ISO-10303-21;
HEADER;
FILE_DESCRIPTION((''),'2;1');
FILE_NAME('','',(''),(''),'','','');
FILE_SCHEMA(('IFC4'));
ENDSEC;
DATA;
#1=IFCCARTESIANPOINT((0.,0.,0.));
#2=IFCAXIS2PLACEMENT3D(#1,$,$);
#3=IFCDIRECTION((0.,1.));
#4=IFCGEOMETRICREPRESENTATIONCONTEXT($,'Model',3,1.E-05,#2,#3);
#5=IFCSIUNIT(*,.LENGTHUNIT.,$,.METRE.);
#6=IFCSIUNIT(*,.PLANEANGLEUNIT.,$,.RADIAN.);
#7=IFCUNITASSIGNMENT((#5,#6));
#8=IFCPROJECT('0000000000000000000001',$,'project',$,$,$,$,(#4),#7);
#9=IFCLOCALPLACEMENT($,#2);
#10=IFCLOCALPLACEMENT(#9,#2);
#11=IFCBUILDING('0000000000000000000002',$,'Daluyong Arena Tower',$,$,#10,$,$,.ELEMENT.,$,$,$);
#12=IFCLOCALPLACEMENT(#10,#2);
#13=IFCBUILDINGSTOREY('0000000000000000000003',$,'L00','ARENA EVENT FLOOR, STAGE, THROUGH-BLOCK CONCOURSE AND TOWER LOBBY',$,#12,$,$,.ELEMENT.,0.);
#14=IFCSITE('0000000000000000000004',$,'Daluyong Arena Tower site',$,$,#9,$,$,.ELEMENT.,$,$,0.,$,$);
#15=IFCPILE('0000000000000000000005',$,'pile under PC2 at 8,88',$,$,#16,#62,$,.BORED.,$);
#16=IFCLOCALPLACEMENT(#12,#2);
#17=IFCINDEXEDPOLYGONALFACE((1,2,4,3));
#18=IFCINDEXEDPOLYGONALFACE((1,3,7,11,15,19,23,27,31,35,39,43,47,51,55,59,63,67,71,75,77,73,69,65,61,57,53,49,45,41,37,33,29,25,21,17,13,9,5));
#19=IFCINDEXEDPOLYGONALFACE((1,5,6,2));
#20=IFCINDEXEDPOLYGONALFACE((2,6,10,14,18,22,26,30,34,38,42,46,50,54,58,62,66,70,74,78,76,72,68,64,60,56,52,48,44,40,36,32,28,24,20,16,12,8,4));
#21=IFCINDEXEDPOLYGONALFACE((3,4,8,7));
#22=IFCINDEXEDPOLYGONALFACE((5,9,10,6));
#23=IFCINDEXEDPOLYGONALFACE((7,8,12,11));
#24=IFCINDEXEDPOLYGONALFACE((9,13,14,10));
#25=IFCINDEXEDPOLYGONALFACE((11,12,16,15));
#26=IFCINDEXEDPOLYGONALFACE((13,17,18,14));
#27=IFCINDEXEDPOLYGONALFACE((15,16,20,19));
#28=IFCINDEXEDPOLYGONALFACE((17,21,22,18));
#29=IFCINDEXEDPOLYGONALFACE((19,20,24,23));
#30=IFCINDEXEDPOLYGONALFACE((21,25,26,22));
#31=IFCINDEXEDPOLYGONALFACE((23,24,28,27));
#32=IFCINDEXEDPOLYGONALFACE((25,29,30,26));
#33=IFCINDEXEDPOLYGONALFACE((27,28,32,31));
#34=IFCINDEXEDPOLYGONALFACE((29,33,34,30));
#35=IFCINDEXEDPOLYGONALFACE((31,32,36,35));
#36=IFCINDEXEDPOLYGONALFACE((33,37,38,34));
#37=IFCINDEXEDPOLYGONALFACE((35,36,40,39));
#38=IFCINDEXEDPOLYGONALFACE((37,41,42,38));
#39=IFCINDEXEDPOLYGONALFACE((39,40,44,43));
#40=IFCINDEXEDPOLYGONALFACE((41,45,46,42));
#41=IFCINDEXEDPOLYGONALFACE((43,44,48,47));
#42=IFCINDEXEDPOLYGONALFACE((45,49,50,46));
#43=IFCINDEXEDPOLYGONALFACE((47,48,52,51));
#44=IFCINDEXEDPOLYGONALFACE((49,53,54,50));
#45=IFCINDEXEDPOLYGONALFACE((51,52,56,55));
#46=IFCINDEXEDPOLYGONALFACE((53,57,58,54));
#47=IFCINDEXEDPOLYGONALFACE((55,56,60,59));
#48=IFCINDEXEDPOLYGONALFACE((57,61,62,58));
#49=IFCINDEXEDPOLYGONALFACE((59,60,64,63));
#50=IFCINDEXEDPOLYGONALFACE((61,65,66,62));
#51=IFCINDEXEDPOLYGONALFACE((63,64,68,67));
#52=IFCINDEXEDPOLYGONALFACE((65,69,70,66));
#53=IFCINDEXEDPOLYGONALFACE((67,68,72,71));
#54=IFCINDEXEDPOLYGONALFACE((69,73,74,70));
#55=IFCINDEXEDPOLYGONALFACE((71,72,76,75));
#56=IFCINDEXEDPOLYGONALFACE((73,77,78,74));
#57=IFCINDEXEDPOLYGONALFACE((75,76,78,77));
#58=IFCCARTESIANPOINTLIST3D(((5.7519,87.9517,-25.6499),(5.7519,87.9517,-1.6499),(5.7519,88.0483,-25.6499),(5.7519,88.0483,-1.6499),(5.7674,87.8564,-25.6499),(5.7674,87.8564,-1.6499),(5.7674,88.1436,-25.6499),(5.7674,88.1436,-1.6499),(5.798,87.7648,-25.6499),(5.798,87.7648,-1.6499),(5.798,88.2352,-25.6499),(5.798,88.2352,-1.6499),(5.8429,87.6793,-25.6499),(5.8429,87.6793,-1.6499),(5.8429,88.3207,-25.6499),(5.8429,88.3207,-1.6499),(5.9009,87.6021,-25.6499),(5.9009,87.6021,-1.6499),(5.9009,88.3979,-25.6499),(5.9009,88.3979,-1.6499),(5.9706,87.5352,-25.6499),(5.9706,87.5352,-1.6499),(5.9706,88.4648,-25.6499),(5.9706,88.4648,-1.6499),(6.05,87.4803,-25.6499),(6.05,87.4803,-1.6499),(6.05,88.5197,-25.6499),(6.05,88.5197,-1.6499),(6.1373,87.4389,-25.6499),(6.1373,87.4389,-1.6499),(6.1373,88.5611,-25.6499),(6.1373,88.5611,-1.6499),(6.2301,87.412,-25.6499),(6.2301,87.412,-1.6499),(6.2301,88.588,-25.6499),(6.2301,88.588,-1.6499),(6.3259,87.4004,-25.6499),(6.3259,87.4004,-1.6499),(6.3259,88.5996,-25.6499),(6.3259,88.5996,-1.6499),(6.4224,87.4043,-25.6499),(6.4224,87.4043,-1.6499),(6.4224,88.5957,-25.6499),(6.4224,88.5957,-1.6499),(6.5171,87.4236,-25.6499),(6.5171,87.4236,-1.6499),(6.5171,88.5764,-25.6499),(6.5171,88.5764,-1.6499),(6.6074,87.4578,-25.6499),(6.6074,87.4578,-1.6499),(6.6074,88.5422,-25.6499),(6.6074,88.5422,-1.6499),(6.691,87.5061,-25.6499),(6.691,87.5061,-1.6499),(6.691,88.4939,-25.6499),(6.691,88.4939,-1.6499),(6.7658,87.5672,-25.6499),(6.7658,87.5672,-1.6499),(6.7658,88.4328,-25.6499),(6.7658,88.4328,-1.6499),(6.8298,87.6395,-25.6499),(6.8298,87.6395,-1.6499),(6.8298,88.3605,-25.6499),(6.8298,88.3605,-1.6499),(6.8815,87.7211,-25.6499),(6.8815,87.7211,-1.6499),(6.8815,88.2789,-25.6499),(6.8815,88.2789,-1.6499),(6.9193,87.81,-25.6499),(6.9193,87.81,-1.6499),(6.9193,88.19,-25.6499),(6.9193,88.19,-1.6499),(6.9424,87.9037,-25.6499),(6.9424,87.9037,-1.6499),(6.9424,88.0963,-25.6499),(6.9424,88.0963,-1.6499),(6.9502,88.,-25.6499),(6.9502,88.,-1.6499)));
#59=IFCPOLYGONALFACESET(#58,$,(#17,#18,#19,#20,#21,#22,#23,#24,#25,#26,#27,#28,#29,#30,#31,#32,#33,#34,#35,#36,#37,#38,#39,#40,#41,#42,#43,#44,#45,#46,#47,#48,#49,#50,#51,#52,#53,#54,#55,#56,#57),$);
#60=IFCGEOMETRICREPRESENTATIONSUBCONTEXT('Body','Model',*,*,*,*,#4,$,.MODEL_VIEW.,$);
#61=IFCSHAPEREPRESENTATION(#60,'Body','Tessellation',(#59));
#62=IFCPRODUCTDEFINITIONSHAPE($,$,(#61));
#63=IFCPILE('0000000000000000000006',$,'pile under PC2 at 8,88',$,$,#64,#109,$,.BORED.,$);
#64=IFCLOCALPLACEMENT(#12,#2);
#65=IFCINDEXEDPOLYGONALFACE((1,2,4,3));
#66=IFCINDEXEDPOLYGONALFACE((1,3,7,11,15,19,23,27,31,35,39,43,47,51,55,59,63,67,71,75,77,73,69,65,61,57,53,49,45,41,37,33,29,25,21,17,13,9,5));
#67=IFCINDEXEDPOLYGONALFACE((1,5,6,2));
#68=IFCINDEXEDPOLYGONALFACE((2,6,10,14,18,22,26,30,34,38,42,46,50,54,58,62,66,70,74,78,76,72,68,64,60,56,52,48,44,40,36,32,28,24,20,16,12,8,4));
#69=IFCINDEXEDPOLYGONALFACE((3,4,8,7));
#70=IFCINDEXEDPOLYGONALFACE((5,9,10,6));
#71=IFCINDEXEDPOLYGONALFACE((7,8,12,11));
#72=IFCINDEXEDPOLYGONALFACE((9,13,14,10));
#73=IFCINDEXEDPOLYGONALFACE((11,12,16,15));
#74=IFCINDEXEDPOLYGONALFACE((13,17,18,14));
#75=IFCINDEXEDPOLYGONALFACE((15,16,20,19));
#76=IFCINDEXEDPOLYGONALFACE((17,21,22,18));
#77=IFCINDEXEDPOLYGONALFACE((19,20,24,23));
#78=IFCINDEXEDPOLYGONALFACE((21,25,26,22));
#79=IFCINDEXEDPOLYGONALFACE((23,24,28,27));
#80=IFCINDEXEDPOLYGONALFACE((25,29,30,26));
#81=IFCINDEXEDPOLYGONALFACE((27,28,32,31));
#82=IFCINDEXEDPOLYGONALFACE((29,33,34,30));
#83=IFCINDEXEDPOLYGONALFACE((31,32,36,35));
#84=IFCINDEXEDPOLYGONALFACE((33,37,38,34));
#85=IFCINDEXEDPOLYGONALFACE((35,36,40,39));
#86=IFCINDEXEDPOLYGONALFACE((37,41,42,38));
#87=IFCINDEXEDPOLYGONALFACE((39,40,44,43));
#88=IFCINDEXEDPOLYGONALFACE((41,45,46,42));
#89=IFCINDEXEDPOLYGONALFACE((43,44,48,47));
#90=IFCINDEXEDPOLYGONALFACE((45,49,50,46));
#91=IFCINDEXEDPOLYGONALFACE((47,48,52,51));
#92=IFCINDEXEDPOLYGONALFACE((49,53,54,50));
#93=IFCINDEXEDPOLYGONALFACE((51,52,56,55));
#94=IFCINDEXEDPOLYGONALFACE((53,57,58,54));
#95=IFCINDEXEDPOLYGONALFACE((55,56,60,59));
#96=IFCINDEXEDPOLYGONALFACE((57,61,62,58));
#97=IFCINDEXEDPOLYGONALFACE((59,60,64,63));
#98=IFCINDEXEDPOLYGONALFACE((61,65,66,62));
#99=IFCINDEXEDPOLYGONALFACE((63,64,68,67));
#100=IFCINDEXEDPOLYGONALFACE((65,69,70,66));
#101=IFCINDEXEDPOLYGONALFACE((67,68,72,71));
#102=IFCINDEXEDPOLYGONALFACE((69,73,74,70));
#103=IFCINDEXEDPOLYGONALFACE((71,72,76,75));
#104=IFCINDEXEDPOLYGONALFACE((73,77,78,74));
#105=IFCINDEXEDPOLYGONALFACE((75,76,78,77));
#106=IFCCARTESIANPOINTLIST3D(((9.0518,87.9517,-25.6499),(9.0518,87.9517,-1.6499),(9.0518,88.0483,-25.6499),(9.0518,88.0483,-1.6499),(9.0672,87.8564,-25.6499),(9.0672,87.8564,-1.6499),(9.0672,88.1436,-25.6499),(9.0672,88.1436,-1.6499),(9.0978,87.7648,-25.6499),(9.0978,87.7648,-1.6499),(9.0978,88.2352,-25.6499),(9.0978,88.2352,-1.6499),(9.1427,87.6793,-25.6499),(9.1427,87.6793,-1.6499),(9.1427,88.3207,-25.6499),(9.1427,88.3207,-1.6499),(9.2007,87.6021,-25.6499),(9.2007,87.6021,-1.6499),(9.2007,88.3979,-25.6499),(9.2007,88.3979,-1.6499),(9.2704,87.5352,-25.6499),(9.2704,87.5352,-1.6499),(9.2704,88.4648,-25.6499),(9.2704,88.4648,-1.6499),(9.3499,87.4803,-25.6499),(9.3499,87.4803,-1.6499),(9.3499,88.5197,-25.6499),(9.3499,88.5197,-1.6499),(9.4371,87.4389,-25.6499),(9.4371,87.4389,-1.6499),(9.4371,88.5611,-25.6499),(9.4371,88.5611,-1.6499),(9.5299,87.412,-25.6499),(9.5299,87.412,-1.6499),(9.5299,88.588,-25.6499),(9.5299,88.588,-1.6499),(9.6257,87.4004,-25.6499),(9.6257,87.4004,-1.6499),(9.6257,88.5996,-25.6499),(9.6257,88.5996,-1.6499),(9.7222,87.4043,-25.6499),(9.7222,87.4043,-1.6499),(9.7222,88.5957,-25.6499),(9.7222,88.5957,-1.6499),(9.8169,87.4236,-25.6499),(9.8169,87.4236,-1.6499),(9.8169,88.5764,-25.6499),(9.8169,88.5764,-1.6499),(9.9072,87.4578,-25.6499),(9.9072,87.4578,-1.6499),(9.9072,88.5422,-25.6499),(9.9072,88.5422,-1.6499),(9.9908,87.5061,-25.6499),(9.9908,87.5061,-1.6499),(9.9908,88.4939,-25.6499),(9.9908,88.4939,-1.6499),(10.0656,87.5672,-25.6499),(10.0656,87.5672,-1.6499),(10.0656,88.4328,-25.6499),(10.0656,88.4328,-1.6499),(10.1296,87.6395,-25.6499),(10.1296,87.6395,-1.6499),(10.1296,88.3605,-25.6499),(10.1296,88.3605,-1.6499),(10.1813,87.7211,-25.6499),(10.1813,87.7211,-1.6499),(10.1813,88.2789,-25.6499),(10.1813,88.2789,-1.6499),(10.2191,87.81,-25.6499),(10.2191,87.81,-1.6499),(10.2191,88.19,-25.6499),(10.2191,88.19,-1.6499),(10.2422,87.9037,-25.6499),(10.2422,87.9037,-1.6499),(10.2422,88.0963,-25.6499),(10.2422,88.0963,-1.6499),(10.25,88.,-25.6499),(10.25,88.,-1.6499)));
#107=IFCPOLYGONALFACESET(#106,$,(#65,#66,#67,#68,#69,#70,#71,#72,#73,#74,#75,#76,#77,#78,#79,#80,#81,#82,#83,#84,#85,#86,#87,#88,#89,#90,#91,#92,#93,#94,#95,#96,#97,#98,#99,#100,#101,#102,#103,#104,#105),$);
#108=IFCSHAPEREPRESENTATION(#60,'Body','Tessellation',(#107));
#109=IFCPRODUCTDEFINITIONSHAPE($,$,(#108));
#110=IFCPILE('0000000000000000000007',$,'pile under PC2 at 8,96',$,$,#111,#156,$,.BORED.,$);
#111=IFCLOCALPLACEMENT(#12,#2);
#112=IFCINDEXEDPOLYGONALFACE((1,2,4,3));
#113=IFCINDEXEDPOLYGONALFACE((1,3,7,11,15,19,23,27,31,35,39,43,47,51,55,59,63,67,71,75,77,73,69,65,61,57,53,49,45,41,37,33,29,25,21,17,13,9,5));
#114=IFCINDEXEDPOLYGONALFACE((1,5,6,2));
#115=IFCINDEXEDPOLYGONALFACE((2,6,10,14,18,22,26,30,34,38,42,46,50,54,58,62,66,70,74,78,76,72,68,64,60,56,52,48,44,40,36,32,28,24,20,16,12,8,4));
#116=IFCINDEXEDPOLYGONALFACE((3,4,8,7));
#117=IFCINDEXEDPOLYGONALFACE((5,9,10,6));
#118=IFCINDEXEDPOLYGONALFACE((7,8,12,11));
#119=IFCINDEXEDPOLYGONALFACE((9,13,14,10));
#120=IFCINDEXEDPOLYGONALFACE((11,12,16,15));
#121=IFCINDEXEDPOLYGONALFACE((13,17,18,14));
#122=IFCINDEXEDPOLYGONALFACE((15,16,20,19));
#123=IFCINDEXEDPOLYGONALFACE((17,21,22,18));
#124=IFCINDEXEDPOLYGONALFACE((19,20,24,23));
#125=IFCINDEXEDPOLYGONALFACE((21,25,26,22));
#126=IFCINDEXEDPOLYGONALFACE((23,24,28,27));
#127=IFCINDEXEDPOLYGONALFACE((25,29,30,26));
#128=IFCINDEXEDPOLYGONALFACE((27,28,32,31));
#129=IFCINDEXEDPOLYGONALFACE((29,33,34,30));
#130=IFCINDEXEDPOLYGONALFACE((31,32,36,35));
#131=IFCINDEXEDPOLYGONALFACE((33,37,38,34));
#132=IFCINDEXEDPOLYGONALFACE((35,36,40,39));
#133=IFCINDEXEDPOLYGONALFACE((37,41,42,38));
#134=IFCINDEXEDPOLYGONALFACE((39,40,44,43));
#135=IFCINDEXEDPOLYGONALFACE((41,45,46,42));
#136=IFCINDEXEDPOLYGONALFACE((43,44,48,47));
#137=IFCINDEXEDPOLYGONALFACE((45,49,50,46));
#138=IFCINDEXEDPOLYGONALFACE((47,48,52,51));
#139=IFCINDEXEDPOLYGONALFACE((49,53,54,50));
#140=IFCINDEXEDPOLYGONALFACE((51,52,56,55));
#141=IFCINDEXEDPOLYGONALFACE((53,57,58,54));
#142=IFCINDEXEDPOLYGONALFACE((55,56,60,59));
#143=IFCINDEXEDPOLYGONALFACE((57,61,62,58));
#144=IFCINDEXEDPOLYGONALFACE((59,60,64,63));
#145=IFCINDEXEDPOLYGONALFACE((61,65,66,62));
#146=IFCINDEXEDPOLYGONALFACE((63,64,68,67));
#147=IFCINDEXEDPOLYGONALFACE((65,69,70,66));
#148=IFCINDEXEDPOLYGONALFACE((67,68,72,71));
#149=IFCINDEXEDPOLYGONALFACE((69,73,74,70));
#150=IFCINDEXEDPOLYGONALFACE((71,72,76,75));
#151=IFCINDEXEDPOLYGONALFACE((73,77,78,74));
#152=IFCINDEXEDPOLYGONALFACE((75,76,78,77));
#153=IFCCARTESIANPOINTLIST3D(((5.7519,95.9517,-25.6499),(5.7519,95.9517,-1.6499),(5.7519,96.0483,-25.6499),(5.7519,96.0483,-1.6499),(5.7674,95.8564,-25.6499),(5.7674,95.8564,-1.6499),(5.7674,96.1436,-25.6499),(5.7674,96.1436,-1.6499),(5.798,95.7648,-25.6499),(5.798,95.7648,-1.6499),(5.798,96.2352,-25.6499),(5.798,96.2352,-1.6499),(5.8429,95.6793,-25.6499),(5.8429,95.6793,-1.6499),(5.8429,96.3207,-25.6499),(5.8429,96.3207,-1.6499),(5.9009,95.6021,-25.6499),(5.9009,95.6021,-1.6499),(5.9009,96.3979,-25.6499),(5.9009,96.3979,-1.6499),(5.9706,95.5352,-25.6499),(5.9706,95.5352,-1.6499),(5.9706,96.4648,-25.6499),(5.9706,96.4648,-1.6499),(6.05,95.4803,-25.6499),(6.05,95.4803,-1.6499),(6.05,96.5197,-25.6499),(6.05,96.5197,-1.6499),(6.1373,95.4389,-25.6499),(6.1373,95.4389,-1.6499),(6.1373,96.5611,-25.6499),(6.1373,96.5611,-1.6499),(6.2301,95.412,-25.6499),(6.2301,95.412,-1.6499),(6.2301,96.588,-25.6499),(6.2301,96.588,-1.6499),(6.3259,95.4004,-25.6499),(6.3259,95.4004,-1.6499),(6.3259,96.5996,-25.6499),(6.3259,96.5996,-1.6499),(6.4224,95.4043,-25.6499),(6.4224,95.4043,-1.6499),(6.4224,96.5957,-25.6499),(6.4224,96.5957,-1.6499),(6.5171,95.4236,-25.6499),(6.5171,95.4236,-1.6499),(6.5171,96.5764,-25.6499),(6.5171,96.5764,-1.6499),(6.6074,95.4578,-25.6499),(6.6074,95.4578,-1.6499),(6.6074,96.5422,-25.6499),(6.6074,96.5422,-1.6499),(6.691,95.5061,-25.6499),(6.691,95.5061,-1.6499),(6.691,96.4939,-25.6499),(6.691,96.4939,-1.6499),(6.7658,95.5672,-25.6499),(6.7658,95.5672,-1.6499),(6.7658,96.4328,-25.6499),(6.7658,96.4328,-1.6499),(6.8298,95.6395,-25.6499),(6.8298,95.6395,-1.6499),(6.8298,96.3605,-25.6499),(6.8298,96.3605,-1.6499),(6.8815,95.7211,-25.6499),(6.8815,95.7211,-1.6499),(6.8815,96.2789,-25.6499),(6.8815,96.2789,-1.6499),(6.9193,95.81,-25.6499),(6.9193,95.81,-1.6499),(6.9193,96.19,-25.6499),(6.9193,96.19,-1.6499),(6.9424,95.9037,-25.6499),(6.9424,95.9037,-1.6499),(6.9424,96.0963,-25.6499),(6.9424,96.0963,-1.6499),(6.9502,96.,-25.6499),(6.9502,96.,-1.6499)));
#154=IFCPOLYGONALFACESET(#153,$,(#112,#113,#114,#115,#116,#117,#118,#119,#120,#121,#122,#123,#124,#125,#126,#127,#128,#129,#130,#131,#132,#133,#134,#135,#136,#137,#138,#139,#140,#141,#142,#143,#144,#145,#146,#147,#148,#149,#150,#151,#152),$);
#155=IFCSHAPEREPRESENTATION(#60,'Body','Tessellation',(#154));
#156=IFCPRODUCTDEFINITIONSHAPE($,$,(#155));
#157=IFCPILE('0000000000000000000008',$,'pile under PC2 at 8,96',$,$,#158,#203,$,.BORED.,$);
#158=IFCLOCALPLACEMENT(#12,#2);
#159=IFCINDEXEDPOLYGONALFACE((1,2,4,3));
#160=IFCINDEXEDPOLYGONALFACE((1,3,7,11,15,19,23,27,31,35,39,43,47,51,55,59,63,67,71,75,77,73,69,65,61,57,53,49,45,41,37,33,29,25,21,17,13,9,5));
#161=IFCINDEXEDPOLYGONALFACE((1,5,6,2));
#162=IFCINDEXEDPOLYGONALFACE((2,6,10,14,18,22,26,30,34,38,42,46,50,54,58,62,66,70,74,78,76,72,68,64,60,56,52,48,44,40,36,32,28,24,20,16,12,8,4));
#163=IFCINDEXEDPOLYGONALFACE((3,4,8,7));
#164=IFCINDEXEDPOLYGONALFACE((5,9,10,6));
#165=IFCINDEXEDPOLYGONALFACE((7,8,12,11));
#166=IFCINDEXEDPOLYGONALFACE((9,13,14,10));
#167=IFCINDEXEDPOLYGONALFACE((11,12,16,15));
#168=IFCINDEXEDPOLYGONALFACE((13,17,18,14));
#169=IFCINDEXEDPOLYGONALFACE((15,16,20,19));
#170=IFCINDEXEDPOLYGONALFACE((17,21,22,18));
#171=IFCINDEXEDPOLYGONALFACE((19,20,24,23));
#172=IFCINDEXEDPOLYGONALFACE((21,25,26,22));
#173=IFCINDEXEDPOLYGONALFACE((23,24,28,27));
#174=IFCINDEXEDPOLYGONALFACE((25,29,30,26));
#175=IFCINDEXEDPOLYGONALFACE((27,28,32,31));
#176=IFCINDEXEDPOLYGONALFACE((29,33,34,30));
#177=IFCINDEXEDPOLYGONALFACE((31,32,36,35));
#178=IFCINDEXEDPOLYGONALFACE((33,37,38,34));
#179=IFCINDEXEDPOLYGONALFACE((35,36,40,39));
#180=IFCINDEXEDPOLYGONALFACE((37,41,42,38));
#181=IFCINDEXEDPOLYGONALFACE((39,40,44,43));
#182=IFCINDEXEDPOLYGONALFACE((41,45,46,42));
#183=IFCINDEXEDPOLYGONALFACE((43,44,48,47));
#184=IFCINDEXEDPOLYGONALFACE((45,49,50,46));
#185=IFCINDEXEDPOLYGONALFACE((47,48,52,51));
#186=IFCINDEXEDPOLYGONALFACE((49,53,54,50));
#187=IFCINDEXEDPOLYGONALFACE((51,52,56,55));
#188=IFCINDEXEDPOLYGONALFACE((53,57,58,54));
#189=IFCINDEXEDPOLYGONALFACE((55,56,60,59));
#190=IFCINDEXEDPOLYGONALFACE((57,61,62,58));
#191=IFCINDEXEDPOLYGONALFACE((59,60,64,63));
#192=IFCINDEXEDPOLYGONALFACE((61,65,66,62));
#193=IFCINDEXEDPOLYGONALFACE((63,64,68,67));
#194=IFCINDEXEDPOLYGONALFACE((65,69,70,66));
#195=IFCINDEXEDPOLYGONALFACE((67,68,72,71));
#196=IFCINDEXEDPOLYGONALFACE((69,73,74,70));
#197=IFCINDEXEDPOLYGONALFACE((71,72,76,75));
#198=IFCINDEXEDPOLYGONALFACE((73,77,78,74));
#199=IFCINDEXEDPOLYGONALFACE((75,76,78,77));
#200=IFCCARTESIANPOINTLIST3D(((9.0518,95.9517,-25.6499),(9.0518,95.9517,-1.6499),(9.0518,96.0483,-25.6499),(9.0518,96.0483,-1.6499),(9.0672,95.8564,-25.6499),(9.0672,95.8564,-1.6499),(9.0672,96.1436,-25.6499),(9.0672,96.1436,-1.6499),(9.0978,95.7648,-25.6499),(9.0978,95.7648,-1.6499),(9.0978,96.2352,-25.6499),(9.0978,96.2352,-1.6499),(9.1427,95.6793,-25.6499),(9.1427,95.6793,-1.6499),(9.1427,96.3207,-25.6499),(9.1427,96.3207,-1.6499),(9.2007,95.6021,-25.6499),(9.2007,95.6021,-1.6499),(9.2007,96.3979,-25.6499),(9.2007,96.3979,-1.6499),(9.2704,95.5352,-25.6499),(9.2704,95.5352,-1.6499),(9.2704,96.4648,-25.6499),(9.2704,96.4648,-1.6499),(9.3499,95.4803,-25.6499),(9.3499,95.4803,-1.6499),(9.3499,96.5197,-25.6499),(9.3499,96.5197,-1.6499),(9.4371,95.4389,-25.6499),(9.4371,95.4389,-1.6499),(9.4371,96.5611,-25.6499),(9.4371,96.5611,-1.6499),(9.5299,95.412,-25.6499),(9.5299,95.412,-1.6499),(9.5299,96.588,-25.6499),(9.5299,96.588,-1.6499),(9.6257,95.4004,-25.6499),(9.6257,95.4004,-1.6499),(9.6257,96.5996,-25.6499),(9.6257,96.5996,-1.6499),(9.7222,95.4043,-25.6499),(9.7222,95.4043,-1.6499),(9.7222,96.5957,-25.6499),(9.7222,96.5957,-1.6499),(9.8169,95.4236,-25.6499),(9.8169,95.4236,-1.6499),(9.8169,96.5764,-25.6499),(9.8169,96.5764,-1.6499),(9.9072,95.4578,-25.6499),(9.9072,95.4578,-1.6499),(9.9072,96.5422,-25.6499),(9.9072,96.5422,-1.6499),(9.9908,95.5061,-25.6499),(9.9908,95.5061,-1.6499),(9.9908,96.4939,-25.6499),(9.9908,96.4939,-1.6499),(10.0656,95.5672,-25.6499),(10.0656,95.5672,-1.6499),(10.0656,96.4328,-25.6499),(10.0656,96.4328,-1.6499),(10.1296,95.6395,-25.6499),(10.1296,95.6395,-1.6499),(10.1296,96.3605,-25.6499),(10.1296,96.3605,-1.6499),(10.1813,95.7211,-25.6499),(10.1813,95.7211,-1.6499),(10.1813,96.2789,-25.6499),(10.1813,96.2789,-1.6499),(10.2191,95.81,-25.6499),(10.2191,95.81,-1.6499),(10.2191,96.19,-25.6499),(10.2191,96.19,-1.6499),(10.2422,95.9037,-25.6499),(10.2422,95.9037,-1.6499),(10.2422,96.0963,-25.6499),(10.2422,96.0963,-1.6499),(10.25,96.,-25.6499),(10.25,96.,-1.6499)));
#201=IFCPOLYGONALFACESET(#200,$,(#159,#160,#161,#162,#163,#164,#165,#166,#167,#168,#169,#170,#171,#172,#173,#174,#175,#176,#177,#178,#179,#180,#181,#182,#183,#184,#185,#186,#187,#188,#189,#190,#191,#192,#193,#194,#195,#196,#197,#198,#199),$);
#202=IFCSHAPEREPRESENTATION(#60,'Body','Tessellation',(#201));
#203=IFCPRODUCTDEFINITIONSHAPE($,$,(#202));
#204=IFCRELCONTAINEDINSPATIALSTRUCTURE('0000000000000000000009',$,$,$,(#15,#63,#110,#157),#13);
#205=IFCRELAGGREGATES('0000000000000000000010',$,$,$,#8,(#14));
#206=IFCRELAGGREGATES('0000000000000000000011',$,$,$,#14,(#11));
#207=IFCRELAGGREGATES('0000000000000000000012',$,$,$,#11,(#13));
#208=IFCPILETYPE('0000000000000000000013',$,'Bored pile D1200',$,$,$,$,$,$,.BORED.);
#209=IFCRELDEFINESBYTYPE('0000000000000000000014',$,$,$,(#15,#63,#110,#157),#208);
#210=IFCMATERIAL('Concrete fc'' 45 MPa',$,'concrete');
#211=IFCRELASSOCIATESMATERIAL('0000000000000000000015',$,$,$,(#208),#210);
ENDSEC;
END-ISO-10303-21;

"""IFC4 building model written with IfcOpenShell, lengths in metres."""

from ifc_helpers import new_model, si_unit, direction, frame, origin, origin_2d, place, context, subcontext, project, spatial, circle, extrude, material, type_object, element, save


model = new_model("IFC4")

# Units and contexts
model_context = context("Model", 3, precision=1e-05, world=origin(), true_north=direction((0.0, 1.0)))
body_context = subcontext(model_context, "Body", "Model", "MODEL_VIEW")
ifc_project = project(units=[si_unit("LENGTHUNIT", "METRE"), si_unit("PLANEANGLEUNIT", "RADIAN")], contexts=[model_context])

# Site, building, storey
site_placement = place(None, origin())
site = spatial("IfcSite", under=ifc_project, at=site_placement, Name="Daluyong Arena Tower site", CompositionType="ELEMENT", RefElevation=0.0)
building_placement = place(site_placement, origin())
building = spatial("IfcBuilding", under=site, at=building_placement, Name="Daluyong Arena Tower", CompositionType="ELEMENT")
storey_placement = place(building_placement, origin())
storey = spatial("IfcBuildingStorey", under=building, at=storey_placement, Name="L00", Description="ARENA EVENT FLOOR, STAGE, THROUGH-BLOCK CONCOURSE AND TOWER LOBBY", CompositionType="ELEMENT", Elevation=0.0)

# Piles
ifc_material_1 = material(Name="Concrete fc' 45 MPa", Category="concrete")
pile_type = type_object("IfcPileType", Name="Bored pile D1200", PredefinedType="BORED", material=ifc_material_1)
for number, where, z_axis, x_axis, name in (
    (1, (6.3501, 88.0, -1.6499), (0.0, 0.0, -1.0), (1.0, 0.0, 0.0), "pile under PC2 at 8,88"),
    (2, (9.6499, 88.0, -1.6499), (0.0, 0.0, -1.0), (1.0, 0.0, 0.0), "pile under PC2 at 8,88"),
    (3, (6.3501, 96.0, -1.6499), (0.0, 0.0, -1.0), (1.0, 0.0, 0.0), "pile under PC2 at 8,96"),
    (4, (9.6499, 96.0, -1.6499), (0.0, 0.0, -1.0), (1.0, 0.0, 0.0), "pile under PC2 at 8,96"),
):
    element("IfcPile", number, at=place(storey_placement, frame(where, z_axis=z_axis, x_axis=x_axis)), inside=storey, type_object=pile_type, Name=name, PredefinedType="BORED", context=body_context, shape_type="SweptSolid", body=[
        extrude(circle(Radius=0.6001, at=origin_2d()), origin(), (0.0, 0.0, 1.0), 24.0),
    ])

save(model, "model.ifc")
